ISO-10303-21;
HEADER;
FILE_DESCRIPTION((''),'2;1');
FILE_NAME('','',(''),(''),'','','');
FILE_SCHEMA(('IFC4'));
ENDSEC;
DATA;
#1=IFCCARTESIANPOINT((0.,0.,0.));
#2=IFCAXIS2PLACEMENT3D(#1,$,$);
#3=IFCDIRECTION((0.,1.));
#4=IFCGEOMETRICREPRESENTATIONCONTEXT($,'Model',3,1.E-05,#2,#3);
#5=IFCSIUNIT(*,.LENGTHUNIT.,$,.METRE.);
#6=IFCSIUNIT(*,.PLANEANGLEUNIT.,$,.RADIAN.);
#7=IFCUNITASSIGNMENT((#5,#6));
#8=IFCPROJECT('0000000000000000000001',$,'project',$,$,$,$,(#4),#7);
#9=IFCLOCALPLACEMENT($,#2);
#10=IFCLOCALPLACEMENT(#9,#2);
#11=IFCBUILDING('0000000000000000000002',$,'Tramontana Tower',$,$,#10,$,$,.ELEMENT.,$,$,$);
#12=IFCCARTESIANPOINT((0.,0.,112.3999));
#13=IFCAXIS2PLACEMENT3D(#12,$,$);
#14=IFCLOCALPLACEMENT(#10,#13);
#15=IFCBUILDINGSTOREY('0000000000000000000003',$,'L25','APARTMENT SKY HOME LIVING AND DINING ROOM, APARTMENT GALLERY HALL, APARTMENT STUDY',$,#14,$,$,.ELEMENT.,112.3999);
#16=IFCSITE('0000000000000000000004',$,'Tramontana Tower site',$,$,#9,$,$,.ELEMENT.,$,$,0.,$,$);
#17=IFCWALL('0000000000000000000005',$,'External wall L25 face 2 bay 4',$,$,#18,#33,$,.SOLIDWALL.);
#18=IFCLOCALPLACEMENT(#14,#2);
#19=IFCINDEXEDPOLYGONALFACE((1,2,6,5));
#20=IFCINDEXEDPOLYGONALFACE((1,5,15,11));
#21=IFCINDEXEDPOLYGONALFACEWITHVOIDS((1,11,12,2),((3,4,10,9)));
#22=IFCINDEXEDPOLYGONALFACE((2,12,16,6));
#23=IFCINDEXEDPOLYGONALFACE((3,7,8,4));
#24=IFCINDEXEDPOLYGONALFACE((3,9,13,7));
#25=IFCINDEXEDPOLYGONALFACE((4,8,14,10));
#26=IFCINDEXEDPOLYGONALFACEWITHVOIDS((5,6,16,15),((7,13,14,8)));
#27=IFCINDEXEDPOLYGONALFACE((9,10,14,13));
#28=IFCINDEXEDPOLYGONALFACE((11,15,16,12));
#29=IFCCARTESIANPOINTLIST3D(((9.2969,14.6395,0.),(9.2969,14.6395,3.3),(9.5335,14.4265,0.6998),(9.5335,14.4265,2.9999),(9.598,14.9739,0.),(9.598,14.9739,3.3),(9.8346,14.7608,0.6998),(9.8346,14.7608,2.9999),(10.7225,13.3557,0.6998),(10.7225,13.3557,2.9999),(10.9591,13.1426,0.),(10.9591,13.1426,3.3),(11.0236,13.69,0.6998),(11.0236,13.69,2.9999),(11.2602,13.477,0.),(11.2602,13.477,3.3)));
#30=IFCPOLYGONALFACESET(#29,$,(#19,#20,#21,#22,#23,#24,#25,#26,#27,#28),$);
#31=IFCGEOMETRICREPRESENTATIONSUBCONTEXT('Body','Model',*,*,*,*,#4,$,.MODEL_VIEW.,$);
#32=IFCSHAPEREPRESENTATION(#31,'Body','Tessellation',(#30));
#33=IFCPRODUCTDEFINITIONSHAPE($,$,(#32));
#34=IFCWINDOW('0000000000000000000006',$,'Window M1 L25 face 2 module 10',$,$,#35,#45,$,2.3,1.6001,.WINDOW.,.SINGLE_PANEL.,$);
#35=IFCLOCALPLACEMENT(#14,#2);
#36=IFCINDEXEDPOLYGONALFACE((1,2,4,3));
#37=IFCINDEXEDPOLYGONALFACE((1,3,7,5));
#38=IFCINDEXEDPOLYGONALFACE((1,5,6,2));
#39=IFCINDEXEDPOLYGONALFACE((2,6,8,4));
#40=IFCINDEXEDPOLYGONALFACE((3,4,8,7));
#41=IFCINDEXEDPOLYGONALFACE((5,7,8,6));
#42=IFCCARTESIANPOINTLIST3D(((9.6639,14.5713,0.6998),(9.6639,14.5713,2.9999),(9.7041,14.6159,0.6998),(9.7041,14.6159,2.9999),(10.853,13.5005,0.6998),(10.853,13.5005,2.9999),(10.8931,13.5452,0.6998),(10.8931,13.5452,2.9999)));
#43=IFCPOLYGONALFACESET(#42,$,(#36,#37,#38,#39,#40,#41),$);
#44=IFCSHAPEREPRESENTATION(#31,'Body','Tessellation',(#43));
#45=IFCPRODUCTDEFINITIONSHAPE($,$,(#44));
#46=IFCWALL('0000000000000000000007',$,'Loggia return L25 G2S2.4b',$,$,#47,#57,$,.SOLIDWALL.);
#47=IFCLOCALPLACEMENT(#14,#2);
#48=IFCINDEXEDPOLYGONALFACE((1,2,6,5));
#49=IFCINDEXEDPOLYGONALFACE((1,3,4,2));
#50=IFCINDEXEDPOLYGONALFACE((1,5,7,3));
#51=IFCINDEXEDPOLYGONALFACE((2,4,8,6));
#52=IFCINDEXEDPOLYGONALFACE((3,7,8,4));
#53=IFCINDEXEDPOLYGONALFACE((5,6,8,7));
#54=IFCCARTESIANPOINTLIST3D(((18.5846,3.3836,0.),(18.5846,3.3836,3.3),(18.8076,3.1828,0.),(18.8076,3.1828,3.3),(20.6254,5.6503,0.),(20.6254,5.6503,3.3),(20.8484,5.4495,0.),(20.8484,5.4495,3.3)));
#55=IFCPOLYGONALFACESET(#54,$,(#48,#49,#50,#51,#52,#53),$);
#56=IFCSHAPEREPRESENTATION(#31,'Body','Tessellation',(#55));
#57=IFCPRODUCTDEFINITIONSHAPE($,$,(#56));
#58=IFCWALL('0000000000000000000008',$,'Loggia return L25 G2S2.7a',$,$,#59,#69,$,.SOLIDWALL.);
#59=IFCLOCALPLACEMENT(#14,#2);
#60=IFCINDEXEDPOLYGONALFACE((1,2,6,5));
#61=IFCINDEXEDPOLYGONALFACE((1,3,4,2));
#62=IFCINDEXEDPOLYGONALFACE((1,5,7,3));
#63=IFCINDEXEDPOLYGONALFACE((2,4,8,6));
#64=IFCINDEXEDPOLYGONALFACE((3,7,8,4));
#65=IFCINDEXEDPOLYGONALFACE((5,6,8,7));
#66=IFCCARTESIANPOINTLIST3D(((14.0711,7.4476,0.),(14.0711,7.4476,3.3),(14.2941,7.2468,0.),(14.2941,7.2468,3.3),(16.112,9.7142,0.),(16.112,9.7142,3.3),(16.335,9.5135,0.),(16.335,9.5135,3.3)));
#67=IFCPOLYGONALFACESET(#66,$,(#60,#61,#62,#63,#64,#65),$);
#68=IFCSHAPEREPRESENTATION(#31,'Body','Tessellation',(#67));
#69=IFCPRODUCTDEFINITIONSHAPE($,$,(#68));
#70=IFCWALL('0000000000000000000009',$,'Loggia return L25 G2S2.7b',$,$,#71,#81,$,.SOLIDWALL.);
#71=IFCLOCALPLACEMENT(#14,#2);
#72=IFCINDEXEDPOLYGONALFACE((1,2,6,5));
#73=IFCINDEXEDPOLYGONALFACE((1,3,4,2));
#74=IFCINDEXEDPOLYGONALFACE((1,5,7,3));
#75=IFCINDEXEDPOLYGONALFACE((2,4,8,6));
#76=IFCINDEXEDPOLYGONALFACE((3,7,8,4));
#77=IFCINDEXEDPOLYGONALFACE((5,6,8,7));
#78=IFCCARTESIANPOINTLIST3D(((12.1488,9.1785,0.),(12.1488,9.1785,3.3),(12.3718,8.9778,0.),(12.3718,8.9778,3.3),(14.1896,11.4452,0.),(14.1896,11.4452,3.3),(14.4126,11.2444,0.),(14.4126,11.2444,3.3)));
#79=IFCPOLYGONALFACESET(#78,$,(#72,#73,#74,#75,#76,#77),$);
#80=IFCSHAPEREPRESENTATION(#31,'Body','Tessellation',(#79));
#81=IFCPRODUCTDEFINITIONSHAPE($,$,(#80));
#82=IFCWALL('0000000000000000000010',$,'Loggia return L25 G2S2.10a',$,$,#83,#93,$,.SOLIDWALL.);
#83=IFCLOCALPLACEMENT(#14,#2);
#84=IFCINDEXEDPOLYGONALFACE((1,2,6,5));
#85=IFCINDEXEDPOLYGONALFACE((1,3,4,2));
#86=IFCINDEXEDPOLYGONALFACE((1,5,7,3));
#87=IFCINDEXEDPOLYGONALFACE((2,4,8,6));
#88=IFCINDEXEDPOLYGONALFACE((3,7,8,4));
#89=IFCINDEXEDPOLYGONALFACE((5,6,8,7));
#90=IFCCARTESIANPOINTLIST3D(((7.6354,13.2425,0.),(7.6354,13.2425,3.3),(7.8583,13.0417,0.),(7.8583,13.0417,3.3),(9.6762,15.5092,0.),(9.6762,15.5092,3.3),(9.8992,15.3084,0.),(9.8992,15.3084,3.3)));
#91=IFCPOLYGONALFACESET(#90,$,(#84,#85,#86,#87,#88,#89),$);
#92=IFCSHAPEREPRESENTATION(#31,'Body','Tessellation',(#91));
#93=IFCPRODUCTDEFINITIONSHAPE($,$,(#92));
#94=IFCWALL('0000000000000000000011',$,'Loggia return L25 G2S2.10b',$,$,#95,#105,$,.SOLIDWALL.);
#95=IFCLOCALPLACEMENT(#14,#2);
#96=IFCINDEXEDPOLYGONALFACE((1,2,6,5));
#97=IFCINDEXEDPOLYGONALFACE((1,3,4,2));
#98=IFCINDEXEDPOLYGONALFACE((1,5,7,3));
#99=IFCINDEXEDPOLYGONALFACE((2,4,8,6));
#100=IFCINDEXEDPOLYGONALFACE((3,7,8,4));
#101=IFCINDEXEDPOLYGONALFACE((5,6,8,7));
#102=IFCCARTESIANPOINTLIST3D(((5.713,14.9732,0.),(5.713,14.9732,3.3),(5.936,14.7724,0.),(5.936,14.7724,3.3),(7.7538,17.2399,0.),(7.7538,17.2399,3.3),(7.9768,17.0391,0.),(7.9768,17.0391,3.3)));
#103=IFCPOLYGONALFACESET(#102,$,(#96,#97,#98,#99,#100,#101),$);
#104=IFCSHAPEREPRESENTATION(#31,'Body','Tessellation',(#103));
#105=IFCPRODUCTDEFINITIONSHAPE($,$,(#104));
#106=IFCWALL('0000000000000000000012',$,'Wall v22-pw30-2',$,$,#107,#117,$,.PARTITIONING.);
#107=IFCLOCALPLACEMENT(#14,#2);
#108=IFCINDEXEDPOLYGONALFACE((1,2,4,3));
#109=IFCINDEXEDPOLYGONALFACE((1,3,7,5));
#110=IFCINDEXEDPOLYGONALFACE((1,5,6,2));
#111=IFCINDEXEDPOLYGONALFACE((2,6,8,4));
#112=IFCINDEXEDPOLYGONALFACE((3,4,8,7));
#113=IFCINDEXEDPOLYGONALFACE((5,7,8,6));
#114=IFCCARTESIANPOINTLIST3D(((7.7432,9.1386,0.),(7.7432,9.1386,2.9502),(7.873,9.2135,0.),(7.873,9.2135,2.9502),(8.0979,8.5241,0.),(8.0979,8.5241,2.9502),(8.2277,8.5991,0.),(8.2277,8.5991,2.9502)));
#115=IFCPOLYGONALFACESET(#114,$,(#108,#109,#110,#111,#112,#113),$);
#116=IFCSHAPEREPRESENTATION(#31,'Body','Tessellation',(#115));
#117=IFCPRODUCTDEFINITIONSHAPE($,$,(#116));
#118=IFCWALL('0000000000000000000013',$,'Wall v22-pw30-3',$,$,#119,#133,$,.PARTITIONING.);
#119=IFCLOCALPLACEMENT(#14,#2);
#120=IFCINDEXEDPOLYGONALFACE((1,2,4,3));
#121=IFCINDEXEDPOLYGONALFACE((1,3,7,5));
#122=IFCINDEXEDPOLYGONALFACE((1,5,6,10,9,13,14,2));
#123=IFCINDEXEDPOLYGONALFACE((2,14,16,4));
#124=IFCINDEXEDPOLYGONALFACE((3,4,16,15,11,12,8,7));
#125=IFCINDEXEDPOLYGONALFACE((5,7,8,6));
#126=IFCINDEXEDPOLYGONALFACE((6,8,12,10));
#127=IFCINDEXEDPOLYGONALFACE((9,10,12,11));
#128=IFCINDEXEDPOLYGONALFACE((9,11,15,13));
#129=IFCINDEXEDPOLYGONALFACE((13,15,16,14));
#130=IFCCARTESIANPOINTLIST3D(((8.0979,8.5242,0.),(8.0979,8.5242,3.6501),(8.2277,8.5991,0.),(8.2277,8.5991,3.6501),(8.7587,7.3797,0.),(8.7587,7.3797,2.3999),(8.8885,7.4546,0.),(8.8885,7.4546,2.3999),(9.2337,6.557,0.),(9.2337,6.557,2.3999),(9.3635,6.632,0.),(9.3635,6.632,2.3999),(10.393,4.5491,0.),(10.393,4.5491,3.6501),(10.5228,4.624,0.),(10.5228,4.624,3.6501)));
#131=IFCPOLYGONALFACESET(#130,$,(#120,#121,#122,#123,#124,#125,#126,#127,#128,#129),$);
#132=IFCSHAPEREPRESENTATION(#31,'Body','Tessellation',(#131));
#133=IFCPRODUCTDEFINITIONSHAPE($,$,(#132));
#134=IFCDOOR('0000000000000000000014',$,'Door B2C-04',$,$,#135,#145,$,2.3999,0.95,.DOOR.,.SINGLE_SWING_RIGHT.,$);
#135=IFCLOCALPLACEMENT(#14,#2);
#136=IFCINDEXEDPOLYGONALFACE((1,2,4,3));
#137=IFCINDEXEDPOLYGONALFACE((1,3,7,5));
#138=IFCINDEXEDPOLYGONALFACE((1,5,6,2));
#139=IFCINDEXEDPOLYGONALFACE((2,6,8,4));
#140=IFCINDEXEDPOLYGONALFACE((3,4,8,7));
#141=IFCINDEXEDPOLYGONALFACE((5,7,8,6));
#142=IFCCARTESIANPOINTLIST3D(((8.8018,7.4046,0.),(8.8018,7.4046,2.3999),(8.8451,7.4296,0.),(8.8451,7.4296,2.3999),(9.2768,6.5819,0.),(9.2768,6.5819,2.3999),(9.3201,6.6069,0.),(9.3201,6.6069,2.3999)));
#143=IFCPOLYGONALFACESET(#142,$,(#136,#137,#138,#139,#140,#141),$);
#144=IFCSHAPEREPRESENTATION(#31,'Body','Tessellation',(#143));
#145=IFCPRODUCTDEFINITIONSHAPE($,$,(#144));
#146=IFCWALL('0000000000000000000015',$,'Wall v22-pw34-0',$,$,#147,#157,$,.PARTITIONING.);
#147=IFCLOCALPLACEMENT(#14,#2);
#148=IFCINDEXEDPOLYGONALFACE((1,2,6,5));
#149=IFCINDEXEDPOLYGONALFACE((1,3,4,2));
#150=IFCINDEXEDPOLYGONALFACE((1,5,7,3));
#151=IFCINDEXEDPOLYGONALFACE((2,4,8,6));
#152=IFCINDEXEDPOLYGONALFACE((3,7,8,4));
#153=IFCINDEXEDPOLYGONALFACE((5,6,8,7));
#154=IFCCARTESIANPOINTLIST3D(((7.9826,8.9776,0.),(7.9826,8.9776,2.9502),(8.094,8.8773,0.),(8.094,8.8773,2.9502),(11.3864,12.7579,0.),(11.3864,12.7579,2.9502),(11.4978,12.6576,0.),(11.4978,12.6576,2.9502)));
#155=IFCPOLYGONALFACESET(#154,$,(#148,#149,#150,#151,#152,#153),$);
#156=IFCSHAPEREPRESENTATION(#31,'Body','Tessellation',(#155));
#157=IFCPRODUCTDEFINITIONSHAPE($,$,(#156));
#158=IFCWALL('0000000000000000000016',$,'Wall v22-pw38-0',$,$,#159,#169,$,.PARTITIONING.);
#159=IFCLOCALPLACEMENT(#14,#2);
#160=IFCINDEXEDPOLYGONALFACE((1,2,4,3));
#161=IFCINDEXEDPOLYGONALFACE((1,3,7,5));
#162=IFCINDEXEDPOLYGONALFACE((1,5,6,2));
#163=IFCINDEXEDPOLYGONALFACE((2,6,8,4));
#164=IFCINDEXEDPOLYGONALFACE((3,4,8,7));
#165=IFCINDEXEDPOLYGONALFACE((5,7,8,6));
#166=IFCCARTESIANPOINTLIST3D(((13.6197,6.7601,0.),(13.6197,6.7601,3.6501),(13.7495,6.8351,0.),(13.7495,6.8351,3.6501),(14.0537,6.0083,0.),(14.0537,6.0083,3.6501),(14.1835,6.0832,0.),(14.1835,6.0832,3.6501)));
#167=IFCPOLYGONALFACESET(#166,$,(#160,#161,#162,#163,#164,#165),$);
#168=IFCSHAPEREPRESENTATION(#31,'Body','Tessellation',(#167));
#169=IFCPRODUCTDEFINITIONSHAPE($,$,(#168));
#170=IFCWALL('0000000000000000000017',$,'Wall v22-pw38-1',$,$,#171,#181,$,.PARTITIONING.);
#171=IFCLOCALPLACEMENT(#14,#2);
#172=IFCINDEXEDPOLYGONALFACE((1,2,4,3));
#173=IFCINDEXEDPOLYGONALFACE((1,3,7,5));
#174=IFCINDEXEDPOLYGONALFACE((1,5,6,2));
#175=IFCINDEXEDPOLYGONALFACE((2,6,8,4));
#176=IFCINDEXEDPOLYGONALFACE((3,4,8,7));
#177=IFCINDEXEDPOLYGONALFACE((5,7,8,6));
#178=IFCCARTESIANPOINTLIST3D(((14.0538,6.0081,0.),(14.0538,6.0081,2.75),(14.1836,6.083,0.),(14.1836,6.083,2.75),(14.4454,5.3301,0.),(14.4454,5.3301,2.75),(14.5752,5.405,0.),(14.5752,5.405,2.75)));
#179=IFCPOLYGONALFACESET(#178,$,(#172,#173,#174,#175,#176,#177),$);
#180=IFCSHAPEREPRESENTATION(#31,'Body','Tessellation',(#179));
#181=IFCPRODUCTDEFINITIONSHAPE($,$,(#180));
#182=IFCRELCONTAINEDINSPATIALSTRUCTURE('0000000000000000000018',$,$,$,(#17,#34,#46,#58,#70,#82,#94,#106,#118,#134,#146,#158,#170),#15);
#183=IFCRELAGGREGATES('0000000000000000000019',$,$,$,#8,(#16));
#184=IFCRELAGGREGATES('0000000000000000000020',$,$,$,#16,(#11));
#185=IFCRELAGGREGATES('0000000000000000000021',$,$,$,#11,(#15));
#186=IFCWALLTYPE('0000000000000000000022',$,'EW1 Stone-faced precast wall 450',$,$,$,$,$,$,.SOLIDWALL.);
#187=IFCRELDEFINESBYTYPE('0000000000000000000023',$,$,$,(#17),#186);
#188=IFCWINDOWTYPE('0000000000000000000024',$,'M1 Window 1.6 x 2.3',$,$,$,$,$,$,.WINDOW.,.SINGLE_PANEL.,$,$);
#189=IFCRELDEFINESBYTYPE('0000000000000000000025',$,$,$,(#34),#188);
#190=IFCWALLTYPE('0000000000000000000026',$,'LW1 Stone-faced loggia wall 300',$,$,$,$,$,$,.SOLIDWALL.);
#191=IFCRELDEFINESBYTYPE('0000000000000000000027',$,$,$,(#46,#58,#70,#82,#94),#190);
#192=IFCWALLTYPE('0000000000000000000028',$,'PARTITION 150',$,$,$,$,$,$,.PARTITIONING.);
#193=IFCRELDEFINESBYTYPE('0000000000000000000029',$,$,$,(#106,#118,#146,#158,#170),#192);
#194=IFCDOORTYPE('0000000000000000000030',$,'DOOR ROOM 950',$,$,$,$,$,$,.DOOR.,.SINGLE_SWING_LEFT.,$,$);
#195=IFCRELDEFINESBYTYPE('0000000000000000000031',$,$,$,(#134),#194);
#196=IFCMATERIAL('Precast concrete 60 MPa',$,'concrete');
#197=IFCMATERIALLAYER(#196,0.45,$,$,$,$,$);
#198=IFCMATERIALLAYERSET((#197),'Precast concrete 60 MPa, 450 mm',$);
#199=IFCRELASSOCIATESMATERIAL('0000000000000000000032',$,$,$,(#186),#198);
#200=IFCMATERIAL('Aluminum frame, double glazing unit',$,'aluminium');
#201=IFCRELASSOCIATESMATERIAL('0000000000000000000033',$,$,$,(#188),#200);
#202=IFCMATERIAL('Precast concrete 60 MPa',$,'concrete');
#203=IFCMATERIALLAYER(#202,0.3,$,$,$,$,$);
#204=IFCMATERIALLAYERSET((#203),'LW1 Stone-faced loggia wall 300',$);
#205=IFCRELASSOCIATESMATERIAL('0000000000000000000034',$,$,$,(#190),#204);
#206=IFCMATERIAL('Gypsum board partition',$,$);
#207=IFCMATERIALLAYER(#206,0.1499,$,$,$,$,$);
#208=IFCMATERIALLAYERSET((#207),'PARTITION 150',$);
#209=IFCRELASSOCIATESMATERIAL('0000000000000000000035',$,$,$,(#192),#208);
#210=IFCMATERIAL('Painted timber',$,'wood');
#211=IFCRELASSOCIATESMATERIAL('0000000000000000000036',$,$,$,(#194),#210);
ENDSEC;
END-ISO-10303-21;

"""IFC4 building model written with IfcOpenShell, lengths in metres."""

from ifc_helpers import new_model, si_unit, direction, frame, frame_2d, origin, place, context, subcontext, project, spatial, rectangle, extrude, material, layer, layer_set, type_object, element, fill, save


model = new_model("IFC4")

# Units and contexts
model_context = context("Model", 3, precision=1e-05, world=origin(), true_north=direction((0.0, 1.0)))
body_context = subcontext(model_context, "Body", "Model", "MODEL_VIEW")
ifc_project = project(units=[si_unit("LENGTHUNIT", "METRE"), si_unit("PLANEANGLEUNIT", "RADIAN")], contexts=[model_context])

# Site, building, storey
site_placement = place(None, origin())
site = spatial("IfcSite", under=ifc_project, at=site_placement, Name="Tramontana Tower site", CompositionType="ELEMENT", RefElevation=0.0)
building_placement = place(site_placement, origin())
building = spatial("IfcBuilding", under=site, at=building_placement, Name="Tramontana Tower", CompositionType="ELEMENT")
storey_placement = place(building_placement, frame((0.0, 0.0, 112.3999)))
storey = spatial("IfcBuildingStorey", under=building, at=storey_placement, Name="L25", Description="APARTMENT SKY HOME LIVING AND DINING ROOM, APARTMENT GALLERY HALL, APARTMENT STUDY", CompositionType="ELEMENT", Elevation=112.3999)

# Wall, opening, window
ifc_material_1 = material(Name="Precast concrete 60 MPa", Category="concrete")
ifc_layer_1 = layer(ifc_material_1, 0.45)
ifc_layer_set_1 = layer_set([ifc_layer_1], Name="Precast concrete 60 MPa, 450 mm")
wall_type_1 = type_object("IfcWallType", Name="EW1 Stone-faced precast wall 450", PredefinedType="SOLIDWALL", material=ifc_layer_set_1)
ifc_material_2 = material(Name="Aluminum frame, double glazing unit", Category="aluminium")
window_type = type_object("IfcWindowType", Name="M1 Window 1.6 x 2.3", PartitioningType="SINGLE_PANEL", PredefinedType="WINDOW", material=ifc_material_2)
wall_1_placement = place(storey_placement, frame((11.1096, 13.3098, 0.0), z_axis=(0.0, 0.0, 1.0), x_axis=(-0.743088, 0.669194, 0.0)))
wall_1 = element("IfcWall", 1, at=wall_1_placement, inside=storey, type_object=wall_type_1, Name="External wall L25 face 2 bay 4", PredefinedType="SOLIDWALL", context=body_context, shape_type="SweptSolid", body=[
    extrude(rectangle(XDim=2.2368, YDim=0.45, at=frame_2d((1.1184, 0.0))), origin(), (0.0, 0.0, 1.0), 3.3),
])
opening_1_placement = place(wall_1_placement, frame((0.3184, 0.0, 0.7)))
opening_1 = element("IfcOpeningElement", 2, at=opening_1_placement, cuts=wall_1, PredefinedType="OPENING", context=body_context, shape_type="SweptSolid", body=[
    extrude(rectangle(XDim=1.6001, YDim=2.3, at=frame_2d((0.8, 1.1499))), frame((0.0, 0.2349, 0.0), z_axis=(0.0, -1.0, 0.0), x_axis=(1.0, 0.0, 0.0)), (0.0, 0.0, 1.0), 0.47),
])
window_1_placement = place(opening_1_placement, origin())
window_1 = element("IfcWindow", 3, at=window_1_placement, inside=storey, type_object=window_type, Name="Window M1 L25 face 2 module 10", OverallHeight=2.3, OverallWidth=1.6001, PartitioningType="SINGLE_PANEL", PredefinedType="WINDOW", context=body_context, shape_type="SweptSolid", body=[
    extrude(rectangle(XDim=1.6001, YDim=2.3, at=frame_2d((0.8, 1.1499))), frame((0.0, 0.03, 0.0), z_axis=(0.0, -1.0, 0.0), x_axis=(1.0, 0.0, 0.0)), (0.0, 0.0, 1.0), 0.0601),
])
fill(opening_1, window_1)

# Wall
ifc_material_3 = material(Name="Precast concrete 60 MPa", Category="concrete")
ifc_layer_2 = layer(ifc_material_3, 0.3)
ifc_layer_set_2 = layer_set([ifc_layer_2], Name="LW1 Stone-faced loggia wall 300")
wall_type_2 = type_object("IfcWallType", Name="LW1 Stone-faced loggia wall 300", PredefinedType="SOLIDWALL", material=ifc_layer_set_2)
wall_2_placement = place(storey_placement, frame((20.7368, 5.5498, 0.0), z_axis=(0.0, 0.0, 1.0), x_axis=(-0.669115, -0.743159, 0.0)))
element("IfcWall", 4, at=wall_2_placement, inside=storey, type_object=wall_type_2, Name="Loggia return L25 G2S2.4b", PredefinedType="SOLIDWALL", context=body_context, shape_type="SweptSolid", body=[
    extrude(rectangle(XDim=3.05, YDim=0.3, at=frame_2d((1.5249, 0.0))), origin(), (0.0, 0.0, 1.0), 3.3),
])

# Walls
for number, where, z_axis, x_axis, name in (
    (5, (16.2234, 9.6138, 0.0), (0.0, 0.0, 1.0), (-0.669115, -0.743159, 0.0), "Loggia return L25 G2S2.7a"),
    (6, (14.301, 11.3447, 0.0), (0.0, 0.0, 1.0), (-0.669115, -0.743159, 0.0), "Loggia return L25 G2S2.7b"),
):
    element("IfcWall", number, at=place(storey_placement, frame(where, z_axis=z_axis, x_axis=x_axis)), inside=storey, type_object=wall_type_2, Name=name, PredefinedType="SOLIDWALL", context=body_context, shape_type="SweptSolid", body=[
        extrude(rectangle(XDim=3.05, YDim=0.3, at=frame_2d((1.5249, 0.0))), origin(), (0.0, 0.0, 1.0), 3.3),
    ])

# Walls
for number, where, z_axis, x_axis, name in (
    (7, (9.7876, 15.4087, 0.0), (0.0, 0.0, 1.0), (-0.669115, -0.743159, 0.0), "Loggia return L25 G2S2.10a"),
    (8, (7.8652, 17.1394, 0.0), (0.0, 0.0, 1.0), (-0.669115, -0.743159, 0.0), "Loggia return L25 G2S2.10b"),
):
    element("IfcWall", number, at=place(storey_placement, frame(where, z_axis=z_axis, x_axis=x_axis)), inside=storey, type_object=wall_type_2, Name=name, PredefinedType="SOLIDWALL", context=body_context, shape_type="SweptSolid", body=[
        extrude(rectangle(XDim=3.05, YDim=0.3, at=frame_2d((1.5249, 0.0))), origin(), (0.0, 0.0, 1.0), 3.3),
    ])
ifc_material_4 = material(Name="Gypsum board partition")
ifc_layer_3 = layer(ifc_material_4, 0.1499)
ifc_layer_set_3 = layer_set([ifc_layer_3], Name="PARTITION 150")
wall_type_3 = type_object("IfcWallType", Name="PARTITION 150", PredefinedType="PARTITIONING", material=ifc_layer_set_3)
wall_3_placement = place(storey_placement, frame((7.8081, 9.176, 0.0), z_axis=(0.0, 0.0, 1.0), x_axis=(0.499951, -0.866054, 0.0)))
element("IfcWall", 9, at=wall_3_placement, inside=storey, type_object=wall_type_3, Name="Wall v22-pw30-2", PredefinedType="PARTITIONING", context=body_context, shape_type="SweptSolid", body=[
    extrude(rectangle(XDim=0.7095, YDim=0.1499, at=frame_2d((0.3547, 0.0))), origin(), (0.0, 0.0, 1.0), 2.9502),
])

# Wall, opening, door
wall_4_placement = place(storey_placement, frame((8.1628, 8.5615, 0.0), z_axis=(0.0, 0.0, 1.0), x_axis=(0.500023, -0.866012, 0.0)))
wall_4 = element("IfcWall", 10, at=wall_4_placement, inside=storey, type_object=wall_type_3, Name="Wall v22-pw30-3", PredefinedType="PARTITIONING", context=body_context, shape_type="SweptSolid", body=[
    extrude(rectangle(XDim=4.5901, YDim=0.1499, at=frame_2d((2.2949, 0.0))), origin(), (0.0, 0.0, 1.0), 3.6501),
])
opening_2_placement = place(wall_4_placement, frame((1.3213, 0.0, 0.0)))
opening_2 = element("IfcOpeningElement", 11, at=opening_2_placement, cuts=wall_4, PredefinedType="OPENING", context=body_context, shape_type="SweptSolid", body=[
    extrude(rectangle(XDim=0.95, YDim=2.3999, at=frame_2d((0.4751, 1.2))), frame((0.0, 0.085, 0.0), z_axis=(0.0, -1.0, 0.0), x_axis=(1.0, 0.0, 0.0)), (0.0, 0.0, 1.0), 0.1699),
])
ifc_material_5 = material(Name="Painted timber", Category="wood")
door_type_1 = type_object("IfcDoorType", Name="DOOR ROOM 950", OperationType="SINGLE_SWING_LEFT", PredefinedType="DOOR", material=ifc_material_5)
door_1_placement = place(opening_2_placement, origin())
door_1 = element("IfcDoor", 12, at=door_1_placement, inside=storey, type_object=door_type_1, Name="Door B2C-04", OperationType="SINGLE_SWING_RIGHT", OverallHeight=2.3999, OverallWidth=0.95, PredefinedType="DOOR", context=body_context, shape_type="SweptSolid", body=[
    extrude(rectangle(XDim=0.95, YDim=2.3999, at=frame_2d((0.4751, 1.2))), frame((0.0, 0.0249, 0.0), z_axis=(0.0, -1.0, 0.0), x_axis=(1.0, 0.0, 0.0)), (0.0, 0.0, 1.0), 0.05),
])
fill(opening_2, door_1)

# Walls
wall_5_placement = place(storey_placement, frame((11.4421, 12.7078, 0.0), z_axis=(0.0, 0.0, 1.0), x_axis=(-0.669134, -0.743141, 0.0)))
element("IfcWall", 13, at=wall_5_placement, inside=storey, type_object=wall_type_3, Name="Wall v22-pw34-0", PredefinedType="PARTITIONING", context=body_context, shape_type="SweptSolid", body=[
    extrude(rectangle(XDim=5.0869, YDim=0.1499, at=frame_2d((2.5435, 0.0))), origin(), (0.0, 0.0, 1.0), 2.9502),
])
wall_6_placement = place(storey_placement, frame((13.6846, 6.7976, 0.0), z_axis=(0.0, 0.0, 1.0), x_axis=(0.49995, -0.866054, 0.0)))
element("IfcWall", 14, at=wall_6_placement, inside=storey, type_object=wall_type_3, Name="Wall v22-pw38-0", PredefinedType="PARTITIONING", context=body_context, shape_type="SweptSolid", body=[
    extrude(rectangle(XDim=0.8682, YDim=0.1499, at=frame_2d((0.4341, 0.0))), origin(), (0.0, 0.0, 1.0), 3.6501),
])
wall_7_placement = place(storey_placement, frame((14.1187, 6.0457, 0.0), z_axis=(0.0, 0.0, 1.0), x_axis=(0.500163, -0.865931, 0.0)))
element("IfcWall", 15, at=wall_7_placement, inside=storey, type_object=wall_type_3, Name="Wall v22-pw38-1", PredefinedType="PARTITIONING", context=body_context, shape_type="SweptSolid", body=[
    extrude(rectangle(XDim=0.783, YDim=0.1499, at=frame_2d((0.3916, 0.0))), origin(), (0.0, 0.0, 1.0), 2.75),
])

save(model, "model.ifc")
